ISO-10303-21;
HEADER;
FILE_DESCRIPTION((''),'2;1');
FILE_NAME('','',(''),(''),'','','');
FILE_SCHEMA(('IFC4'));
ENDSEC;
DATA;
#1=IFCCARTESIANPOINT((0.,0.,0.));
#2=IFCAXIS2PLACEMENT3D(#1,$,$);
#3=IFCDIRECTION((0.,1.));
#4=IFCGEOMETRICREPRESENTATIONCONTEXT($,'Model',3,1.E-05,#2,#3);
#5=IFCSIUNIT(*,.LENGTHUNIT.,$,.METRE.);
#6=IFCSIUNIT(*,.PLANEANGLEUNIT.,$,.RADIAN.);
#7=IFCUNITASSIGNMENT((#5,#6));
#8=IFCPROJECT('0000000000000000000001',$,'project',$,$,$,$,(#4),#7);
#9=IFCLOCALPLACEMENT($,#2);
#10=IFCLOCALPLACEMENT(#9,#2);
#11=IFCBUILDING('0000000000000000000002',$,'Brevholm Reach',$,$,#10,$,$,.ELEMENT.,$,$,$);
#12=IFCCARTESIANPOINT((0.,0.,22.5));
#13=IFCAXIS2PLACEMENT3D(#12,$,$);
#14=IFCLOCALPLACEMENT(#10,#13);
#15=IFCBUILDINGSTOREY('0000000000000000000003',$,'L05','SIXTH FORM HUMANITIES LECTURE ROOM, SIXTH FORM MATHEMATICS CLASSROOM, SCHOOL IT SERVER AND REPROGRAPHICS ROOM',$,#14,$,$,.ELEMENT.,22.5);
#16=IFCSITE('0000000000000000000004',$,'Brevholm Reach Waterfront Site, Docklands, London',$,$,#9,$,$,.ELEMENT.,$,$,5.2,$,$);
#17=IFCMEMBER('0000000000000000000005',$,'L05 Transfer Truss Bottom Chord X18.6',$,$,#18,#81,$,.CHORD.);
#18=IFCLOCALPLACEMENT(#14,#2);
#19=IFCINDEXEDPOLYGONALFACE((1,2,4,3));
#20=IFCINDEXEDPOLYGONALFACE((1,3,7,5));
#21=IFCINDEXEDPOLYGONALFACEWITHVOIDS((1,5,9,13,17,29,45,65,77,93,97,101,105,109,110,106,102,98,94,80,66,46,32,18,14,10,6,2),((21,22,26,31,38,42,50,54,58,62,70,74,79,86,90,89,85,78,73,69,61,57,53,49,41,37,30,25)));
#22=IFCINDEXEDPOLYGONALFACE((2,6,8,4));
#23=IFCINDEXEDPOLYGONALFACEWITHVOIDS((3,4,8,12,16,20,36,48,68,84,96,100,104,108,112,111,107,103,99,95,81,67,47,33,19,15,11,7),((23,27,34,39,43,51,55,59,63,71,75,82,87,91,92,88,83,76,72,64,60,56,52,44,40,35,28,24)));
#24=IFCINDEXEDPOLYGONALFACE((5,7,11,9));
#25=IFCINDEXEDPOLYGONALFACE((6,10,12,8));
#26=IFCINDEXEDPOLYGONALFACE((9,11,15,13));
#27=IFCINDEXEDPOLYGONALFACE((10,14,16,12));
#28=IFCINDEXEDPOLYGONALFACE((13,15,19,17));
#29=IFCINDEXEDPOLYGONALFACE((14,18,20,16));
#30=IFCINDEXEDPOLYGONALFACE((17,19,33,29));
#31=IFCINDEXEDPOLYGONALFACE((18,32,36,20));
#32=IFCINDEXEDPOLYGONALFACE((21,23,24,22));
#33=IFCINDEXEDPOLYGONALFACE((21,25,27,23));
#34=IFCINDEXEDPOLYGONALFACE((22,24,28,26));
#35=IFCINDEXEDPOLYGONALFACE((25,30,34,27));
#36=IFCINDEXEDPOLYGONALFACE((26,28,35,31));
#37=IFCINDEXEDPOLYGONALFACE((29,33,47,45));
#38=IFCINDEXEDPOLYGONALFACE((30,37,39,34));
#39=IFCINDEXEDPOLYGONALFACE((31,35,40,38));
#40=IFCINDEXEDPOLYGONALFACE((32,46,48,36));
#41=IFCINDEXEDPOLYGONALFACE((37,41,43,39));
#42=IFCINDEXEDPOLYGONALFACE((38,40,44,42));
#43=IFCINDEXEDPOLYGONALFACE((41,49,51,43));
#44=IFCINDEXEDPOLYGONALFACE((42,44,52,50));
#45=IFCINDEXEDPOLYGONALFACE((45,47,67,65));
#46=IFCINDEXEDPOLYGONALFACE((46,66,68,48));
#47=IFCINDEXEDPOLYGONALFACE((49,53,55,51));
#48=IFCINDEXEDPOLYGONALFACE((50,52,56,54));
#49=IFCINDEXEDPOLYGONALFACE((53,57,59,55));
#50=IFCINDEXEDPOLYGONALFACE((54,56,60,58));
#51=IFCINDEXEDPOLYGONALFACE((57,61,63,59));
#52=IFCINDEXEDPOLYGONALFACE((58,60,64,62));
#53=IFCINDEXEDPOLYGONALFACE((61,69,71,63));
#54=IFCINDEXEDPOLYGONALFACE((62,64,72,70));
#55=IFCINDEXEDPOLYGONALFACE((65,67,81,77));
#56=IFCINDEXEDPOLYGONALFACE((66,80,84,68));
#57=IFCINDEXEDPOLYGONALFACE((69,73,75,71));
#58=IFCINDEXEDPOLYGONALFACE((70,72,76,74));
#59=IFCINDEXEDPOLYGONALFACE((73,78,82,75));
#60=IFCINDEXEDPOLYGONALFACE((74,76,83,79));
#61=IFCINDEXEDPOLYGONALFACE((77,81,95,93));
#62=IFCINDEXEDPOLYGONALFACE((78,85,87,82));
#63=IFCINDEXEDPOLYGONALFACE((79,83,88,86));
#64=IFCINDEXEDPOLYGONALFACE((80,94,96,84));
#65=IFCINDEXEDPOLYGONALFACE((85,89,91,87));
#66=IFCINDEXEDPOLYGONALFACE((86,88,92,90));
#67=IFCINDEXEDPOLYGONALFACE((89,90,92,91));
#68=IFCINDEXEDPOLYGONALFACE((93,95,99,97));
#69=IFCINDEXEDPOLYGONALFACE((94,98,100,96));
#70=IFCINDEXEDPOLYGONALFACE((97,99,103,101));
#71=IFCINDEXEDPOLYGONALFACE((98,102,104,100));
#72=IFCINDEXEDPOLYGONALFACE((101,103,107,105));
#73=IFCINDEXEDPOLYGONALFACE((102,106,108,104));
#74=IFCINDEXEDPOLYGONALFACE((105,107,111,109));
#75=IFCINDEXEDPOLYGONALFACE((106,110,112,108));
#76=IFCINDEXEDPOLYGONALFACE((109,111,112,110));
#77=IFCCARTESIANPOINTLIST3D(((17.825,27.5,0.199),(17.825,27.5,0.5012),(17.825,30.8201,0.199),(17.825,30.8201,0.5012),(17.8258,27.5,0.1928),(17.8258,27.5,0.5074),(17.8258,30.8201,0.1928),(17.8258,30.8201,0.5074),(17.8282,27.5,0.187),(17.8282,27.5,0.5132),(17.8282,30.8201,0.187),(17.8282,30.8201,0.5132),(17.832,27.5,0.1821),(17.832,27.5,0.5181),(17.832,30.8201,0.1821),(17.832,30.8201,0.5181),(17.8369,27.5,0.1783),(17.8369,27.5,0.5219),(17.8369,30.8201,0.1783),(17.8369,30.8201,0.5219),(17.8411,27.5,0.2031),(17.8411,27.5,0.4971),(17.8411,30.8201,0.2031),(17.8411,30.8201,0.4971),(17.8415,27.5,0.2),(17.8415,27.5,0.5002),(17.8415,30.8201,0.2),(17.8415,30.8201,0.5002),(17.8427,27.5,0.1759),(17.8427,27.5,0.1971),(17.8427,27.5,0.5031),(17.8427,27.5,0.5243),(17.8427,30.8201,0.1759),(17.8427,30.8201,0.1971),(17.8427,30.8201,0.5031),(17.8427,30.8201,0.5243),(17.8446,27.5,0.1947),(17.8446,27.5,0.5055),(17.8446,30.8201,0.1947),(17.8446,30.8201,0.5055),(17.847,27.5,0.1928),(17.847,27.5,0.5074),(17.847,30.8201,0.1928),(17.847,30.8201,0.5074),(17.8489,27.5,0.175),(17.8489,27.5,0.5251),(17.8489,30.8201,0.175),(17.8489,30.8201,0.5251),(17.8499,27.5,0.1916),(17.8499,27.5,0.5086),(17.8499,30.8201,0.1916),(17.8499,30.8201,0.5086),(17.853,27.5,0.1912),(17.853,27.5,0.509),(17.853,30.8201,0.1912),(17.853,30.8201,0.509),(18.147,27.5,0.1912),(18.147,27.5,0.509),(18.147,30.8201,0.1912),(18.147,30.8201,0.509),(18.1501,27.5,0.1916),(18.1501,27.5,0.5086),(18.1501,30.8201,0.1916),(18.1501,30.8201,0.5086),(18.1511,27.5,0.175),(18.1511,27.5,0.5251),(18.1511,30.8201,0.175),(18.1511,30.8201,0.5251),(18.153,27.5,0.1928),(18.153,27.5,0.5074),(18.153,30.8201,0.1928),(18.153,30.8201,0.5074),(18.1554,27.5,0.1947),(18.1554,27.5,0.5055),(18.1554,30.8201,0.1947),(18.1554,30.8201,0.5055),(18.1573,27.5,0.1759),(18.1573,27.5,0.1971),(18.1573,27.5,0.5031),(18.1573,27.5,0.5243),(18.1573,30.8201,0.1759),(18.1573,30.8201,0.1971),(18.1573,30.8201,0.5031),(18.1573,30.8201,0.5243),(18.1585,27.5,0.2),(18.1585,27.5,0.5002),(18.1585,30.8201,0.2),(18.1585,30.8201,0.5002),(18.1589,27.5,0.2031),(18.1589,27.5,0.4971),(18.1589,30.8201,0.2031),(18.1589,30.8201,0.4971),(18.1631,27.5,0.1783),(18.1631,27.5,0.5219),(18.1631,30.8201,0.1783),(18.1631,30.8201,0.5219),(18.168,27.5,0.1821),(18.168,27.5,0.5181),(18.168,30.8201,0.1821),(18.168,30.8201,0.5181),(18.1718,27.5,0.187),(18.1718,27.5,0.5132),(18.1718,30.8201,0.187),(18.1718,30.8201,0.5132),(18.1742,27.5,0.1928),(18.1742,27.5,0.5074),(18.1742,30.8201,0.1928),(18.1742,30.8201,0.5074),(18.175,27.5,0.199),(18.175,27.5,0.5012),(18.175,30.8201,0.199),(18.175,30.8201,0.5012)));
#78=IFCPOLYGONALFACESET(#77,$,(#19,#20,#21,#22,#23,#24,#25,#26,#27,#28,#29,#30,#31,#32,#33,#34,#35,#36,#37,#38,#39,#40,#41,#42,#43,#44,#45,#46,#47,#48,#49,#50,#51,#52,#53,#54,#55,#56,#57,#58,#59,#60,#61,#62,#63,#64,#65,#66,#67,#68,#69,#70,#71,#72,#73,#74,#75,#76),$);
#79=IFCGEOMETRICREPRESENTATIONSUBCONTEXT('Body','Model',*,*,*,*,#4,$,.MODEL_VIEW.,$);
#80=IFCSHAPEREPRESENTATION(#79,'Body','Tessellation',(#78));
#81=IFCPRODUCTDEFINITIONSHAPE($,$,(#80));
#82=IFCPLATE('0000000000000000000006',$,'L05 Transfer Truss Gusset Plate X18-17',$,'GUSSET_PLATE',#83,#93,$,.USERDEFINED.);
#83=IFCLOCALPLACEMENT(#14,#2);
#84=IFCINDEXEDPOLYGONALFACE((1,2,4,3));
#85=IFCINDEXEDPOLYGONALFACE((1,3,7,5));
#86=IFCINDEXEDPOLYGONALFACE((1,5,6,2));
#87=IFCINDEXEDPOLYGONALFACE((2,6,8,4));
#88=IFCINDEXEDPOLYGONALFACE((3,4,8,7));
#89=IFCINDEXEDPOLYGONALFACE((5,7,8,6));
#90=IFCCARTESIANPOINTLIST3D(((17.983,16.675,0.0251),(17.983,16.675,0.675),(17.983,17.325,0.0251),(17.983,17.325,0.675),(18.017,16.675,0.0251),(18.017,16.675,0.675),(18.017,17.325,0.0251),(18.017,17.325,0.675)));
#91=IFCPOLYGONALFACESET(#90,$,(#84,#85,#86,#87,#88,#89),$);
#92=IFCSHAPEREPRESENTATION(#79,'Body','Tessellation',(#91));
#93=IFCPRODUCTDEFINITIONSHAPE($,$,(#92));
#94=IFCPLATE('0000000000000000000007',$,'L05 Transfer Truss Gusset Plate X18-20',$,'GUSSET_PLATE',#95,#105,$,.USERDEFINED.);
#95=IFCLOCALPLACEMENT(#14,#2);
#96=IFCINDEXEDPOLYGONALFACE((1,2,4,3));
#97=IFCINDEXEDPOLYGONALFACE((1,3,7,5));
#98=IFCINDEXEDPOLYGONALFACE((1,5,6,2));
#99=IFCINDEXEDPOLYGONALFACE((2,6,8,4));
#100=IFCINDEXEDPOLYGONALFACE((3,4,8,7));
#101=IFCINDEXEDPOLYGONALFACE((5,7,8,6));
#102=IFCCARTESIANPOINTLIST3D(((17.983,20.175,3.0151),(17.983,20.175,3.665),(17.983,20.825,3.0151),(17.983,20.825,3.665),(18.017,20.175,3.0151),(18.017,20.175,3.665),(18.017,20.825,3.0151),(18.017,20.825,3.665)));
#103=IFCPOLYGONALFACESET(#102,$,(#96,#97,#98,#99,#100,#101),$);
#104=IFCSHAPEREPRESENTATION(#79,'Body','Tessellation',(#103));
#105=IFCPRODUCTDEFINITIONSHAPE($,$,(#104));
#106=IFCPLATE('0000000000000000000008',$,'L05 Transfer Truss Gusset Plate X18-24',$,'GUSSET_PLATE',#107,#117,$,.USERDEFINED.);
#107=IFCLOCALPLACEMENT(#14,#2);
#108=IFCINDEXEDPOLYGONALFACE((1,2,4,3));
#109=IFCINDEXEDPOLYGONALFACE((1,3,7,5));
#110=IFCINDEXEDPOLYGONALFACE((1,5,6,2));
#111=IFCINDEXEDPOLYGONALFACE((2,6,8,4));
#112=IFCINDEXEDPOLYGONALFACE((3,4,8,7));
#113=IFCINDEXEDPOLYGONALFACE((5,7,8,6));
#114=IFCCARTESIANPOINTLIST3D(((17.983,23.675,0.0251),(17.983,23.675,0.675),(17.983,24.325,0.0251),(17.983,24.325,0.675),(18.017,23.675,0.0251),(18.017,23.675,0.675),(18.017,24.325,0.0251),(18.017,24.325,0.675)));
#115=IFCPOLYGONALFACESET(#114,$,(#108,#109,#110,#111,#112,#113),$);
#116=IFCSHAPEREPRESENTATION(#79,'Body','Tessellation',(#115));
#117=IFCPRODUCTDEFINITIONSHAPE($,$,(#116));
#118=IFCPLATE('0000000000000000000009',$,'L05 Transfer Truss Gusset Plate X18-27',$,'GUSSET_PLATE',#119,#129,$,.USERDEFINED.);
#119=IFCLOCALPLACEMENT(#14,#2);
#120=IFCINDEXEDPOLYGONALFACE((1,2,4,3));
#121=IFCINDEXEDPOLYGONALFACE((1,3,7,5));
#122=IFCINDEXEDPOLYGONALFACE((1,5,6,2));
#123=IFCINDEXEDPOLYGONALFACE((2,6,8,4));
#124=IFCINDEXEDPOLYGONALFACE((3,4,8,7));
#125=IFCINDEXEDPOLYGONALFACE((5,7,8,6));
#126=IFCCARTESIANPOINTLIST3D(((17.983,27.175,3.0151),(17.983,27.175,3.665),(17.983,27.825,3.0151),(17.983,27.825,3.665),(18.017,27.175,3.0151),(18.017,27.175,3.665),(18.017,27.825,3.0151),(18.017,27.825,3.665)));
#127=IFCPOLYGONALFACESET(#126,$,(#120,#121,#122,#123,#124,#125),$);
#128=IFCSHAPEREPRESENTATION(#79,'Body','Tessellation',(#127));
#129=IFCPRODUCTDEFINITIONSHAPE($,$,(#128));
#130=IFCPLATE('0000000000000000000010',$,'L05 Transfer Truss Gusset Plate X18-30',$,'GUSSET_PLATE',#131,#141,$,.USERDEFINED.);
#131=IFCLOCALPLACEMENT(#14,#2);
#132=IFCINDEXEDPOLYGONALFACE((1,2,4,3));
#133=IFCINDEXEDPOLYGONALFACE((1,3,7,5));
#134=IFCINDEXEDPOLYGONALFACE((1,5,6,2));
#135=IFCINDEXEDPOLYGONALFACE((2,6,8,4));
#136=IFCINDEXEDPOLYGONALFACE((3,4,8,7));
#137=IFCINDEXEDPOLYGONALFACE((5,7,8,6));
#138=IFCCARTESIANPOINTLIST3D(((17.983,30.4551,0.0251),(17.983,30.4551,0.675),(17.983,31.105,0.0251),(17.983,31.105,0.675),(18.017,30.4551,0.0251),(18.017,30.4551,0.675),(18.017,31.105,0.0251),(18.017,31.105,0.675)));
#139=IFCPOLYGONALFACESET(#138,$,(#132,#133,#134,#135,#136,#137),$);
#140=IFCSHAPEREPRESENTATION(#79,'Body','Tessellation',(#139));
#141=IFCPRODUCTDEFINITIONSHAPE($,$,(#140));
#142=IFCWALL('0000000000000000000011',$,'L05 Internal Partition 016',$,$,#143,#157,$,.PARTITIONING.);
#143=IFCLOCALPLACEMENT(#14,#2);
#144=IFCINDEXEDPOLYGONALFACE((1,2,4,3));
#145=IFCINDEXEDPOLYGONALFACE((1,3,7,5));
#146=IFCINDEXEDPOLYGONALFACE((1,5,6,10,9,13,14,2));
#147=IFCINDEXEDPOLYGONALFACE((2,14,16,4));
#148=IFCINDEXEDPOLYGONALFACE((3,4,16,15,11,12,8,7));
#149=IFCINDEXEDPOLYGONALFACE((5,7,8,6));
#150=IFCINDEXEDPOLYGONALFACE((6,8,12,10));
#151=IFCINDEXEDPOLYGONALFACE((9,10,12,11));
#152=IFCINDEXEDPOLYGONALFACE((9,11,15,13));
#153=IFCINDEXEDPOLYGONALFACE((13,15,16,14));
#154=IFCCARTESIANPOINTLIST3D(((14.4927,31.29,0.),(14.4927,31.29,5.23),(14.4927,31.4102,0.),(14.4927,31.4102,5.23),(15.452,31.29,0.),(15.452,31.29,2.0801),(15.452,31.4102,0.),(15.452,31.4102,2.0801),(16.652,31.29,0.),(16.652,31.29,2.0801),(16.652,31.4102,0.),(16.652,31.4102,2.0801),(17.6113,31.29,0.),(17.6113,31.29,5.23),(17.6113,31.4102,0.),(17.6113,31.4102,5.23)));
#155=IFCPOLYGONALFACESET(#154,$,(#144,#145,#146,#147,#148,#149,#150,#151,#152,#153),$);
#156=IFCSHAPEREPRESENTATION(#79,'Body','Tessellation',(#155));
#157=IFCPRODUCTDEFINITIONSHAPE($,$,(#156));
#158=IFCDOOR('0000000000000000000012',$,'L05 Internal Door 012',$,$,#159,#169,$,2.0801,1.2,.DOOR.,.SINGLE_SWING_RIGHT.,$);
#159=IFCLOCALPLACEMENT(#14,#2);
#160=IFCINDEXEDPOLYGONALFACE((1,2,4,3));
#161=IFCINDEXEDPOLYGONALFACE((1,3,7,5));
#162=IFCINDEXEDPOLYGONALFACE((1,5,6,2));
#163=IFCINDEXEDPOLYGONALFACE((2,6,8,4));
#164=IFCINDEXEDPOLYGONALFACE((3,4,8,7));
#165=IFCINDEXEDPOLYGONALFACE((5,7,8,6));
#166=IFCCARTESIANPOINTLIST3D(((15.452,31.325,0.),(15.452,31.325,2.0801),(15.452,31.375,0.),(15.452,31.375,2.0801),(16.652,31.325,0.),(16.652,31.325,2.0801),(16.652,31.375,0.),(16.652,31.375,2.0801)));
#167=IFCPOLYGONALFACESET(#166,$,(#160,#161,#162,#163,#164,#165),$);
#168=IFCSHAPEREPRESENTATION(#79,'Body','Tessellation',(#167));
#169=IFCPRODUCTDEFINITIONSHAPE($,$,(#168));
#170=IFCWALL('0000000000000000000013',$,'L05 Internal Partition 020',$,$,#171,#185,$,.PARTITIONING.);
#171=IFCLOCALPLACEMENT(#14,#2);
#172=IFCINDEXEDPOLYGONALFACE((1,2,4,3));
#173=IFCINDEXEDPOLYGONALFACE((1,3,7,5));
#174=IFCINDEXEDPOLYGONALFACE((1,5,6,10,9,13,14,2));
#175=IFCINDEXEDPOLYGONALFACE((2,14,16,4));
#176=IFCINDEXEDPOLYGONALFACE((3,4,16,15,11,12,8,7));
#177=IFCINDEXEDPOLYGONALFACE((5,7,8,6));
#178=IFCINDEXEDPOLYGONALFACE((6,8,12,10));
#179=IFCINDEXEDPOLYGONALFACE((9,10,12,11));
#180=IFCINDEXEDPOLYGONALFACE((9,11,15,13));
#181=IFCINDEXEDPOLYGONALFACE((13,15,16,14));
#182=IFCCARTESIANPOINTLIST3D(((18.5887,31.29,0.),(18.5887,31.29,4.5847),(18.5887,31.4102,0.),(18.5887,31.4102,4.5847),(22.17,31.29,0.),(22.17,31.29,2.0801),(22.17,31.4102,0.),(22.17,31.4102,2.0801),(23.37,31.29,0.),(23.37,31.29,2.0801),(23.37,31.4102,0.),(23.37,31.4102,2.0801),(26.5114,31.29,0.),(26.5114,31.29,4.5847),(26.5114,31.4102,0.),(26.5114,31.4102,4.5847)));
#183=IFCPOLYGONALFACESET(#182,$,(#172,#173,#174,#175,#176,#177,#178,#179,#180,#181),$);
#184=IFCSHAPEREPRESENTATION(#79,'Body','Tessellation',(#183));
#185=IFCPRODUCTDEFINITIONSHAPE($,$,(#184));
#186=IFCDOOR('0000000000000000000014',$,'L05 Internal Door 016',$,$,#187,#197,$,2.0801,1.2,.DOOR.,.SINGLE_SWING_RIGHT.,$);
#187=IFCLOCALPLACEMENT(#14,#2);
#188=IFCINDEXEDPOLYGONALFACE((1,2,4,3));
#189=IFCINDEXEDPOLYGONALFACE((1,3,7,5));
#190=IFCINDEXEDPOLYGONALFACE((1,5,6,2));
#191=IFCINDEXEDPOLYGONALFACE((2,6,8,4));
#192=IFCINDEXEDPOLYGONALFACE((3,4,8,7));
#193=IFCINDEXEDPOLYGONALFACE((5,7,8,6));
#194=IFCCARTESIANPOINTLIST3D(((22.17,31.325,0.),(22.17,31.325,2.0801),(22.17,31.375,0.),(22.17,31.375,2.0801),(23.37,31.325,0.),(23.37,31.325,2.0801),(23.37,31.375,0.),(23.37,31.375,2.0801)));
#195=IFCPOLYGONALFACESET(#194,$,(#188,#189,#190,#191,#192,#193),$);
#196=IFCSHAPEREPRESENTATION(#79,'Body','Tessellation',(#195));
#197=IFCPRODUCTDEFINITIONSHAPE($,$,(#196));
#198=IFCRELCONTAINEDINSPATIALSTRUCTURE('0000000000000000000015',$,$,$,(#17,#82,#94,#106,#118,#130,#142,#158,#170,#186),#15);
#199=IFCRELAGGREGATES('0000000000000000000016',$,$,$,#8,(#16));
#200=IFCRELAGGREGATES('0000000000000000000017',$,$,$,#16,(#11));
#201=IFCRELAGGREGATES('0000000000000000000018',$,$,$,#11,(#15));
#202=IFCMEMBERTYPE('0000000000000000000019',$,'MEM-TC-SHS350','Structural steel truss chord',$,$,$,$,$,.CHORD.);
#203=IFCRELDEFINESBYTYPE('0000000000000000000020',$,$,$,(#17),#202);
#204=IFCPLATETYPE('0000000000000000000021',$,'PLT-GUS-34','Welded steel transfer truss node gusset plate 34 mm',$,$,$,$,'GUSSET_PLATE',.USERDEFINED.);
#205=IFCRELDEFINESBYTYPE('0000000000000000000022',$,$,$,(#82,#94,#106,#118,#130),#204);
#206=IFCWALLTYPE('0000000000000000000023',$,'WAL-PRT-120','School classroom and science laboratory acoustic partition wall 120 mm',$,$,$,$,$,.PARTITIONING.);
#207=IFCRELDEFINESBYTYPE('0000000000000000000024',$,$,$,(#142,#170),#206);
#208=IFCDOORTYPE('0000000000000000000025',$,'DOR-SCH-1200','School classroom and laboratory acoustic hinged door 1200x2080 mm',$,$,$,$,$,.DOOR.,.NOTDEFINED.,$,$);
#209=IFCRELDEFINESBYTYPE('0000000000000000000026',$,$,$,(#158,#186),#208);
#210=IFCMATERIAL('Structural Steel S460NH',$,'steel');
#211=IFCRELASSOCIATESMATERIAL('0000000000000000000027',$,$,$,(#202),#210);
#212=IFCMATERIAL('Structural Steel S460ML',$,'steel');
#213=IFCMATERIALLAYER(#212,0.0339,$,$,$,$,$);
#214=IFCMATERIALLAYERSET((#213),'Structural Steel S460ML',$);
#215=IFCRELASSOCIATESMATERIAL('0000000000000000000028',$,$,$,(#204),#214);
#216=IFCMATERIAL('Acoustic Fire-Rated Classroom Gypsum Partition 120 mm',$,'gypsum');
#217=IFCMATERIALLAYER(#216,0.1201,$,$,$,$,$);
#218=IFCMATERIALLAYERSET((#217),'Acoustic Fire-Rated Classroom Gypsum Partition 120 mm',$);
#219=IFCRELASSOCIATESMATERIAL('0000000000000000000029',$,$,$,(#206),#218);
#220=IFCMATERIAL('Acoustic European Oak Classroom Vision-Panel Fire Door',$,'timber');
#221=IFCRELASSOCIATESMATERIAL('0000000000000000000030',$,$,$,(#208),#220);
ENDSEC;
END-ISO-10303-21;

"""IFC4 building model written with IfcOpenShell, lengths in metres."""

from ifc_helpers import new_model, si_unit, direction, frame, frame_2d, origin, origin_2d, place, context, subcontext, project, spatial, rectangle, hollow_rectangle, extrude, material, layer, layer_set, material_profile, profile_set, type_object, element, fill, save


model = new_model("IFC4")

# Units and contexts
model_context = context("Model", 3, precision=1e-05, world=origin(), true_north=direction((0.0, 1.0)))
body_context = subcontext(model_context, "Body", "Model", "MODEL_VIEW")
ifc_project = project(units=[si_unit("LENGTHUNIT", "METRE"), si_unit("PLANEANGLEUNIT", "RADIAN")], contexts=[model_context])

# Site, building, storey
site_placement = place(None, origin())
site = spatial("IfcSite", under=ifc_project, at=site_placement, Name="Brevholm Reach Waterfront Site, Docklands, London", CompositionType="ELEMENT", RefElevation=5.2)
building_placement = place(site_placement, origin())
building = spatial("IfcBuilding", under=site, at=building_placement, Name="Brevholm Reach", CompositionType="ELEMENT")
storey_placement = place(building_placement, frame((0.0, 0.0, 22.5)))
storey = spatial("IfcBuildingStorey", under=building, at=storey_placement, Name="L05", Description="SIXTH FORM HUMANITIES LECTURE ROOM, SIXTH FORM MATHEMATICS CLASSROOM, SCHOOL IT SERVER AND REPROGRAPHICS ROOM", CompositionType="ELEMENT", Elevation=22.5)

# Member
ifc_material_1 = material(Name="Structural Steel S460NH", Category="steel")
ifc_material_profile_1 = material_profile(ifc_material_1, hollow_rectangle(XDim=0.3501, YDim=0.3501, WallThickness=0.0161, InnerFilletRadius=0.012, OuterFilletRadius=0.0239, at=origin_2d()), Name="SHS 350x350x16")
ifc_profile_set_1 = profile_set([ifc_material_profile_1], Name="Structural Steel S460NH")
member_type_1 = type_object("IfcMemberType", Name="MEM-TC-SHS350", Description="Structural steel truss chord", PredefinedType="CHORD", material=ifc_profile_set_1)
member_1_placement = place(storey_placement, frame((18.0, 27.5, 0.3501), z_axis=(0.0, 1.0, 0.0), x_axis=(-1.0, 0.0, 0.0)))
element("IfcMember", 1, at=member_1_placement, inside=storey, type_object=member_type_1, Name="L05 Transfer Truss Bottom Chord X18.6", PredefinedType="CHORD", context=body_context, shape_type="SweptSolid", body=[
    extrude(hollow_rectangle(XDim=0.3501, YDim=0.3501, WallThickness=0.0161, InnerFilletRadius=0.012, OuterFilletRadius=0.0239, at=origin_2d()), origin(), (0.0, 0.0, 1.0), 3.3201),
])

# Plates
ifc_material_2 = material(Name="Structural Steel S460ML", Category="steel")
ifc_layer_1 = layer(ifc_material_2, 0.0339)
ifc_layer_set_1 = layer_set([ifc_layer_1], Name="Structural Steel S460ML")
plate_type = type_object("IfcPlateType", Name="PLT-GUS-34", Description="Welded steel transfer truss node gusset plate 34 mm", ElementType="GUSSET_PLATE", PredefinedType="USERDEFINED", material=ifc_layer_set_1)
for number, where, z_axis, x_axis, name in (
    (2, (18.0, 17.0, 0.0251), (0.0, 0.0, 1.0), (1.0, 0.0, 0.0), "L05 Transfer Truss Gusset Plate X18-17"),
    (3, (18.0, 20.5, 3.0151), (0.0, 0.0, 1.0), (1.0, 0.0, 0.0), "L05 Transfer Truss Gusset Plate X18-20"),
    (4, (18.0, 24.0, 0.0251), (0.0, 0.0, 1.0), (1.0, 0.0, 0.0), "L05 Transfer Truss Gusset Plate X18-24"),
    (5, (18.0, 27.5, 3.0151), (0.0, 0.0, 1.0), (1.0, 0.0, 0.0), "L05 Transfer Truss Gusset Plate X18-27"),
    (6, (18.0, 30.78, 0.0251), (0.0, 0.0, 1.0), (1.0, 0.0, 0.0), "L05 Transfer Truss Gusset Plate X18-30"),
):
    element("IfcPlate", number, at=place(storey_placement, frame(where, z_axis=z_axis, x_axis=x_axis)), inside=storey, type_object=plate_type, Name=name, ObjectType="GUSSET_PLATE", PredefinedType="USERDEFINED", context=body_context, shape_type="SweptSolid", body=[
        extrude(rectangle(XDim=0.0339, YDim=0.6499, at=origin_2d()), origin(), (0.0, 0.0, 1.0), 0.6499),
    ])

# Walls, openings, doors
ifc_material_3 = material(Name="Acoustic Fire-Rated Classroom Gypsum Partition 120 mm", Category="gypsum")
ifc_layer_2 = layer(ifc_material_3, 0.1201)
ifc_layer_set_2 = layer_set([ifc_layer_2], Name="Acoustic Fire-Rated Classroom Gypsum Partition 120 mm")
wall_type = type_object("IfcWallType", Name="WAL-PRT-120", Description="School classroom and science laboratory acoustic partition wall 120 mm", PredefinedType="PARTITIONING", material=ifc_layer_set_2)
wall_1_placement = place(storey_placement, frame((14.4927, 31.3501, 0.0), z_axis=(0.0, 0.0, 1.0), x_axis=(1.0, 0.0, 0.0)))
wall_1 = element("IfcWall", 7, at=wall_1_placement, inside=storey, type_object=wall_type, Name="L05 Internal Partition 016", PredefinedType="PARTITIONING", context=body_context, shape_type="SweptSolid", body=[
    extrude(rectangle(XDim=3.1187, YDim=0.1201, at=frame_2d((1.5593, 0.0))), origin(), (0.0, 0.0, 1.0), 5.23),
])
opening_1_placement = place(wall_1_placement, frame((0.9592, 0.0, 0.0)))
opening_1 = element("IfcOpeningElement", 8, at=opening_1_placement, cuts=wall_1, PredefinedType="OPENING", context=body_context, shape_type="SweptSolid", body=[
    extrude(rectangle(XDim=1.2, YDim=2.0801, at=frame_2d((0.6001, 1.04))), frame((0.0, 0.0701, 0.0), z_axis=(0.0, -1.0, 0.0), x_axis=(1.0, 0.0, 0.0)), (0.0, 0.0, 1.0), 0.1401),
])
ifc_material_4 = material(Name="Acoustic European Oak Classroom Vision-Panel Fire Door", Category="timber")
door_type = type_object("IfcDoorType", Name="DOR-SCH-1200", Description="School classroom and laboratory acoustic hinged door 1200x2080 mm", OperationType="NOTDEFINED", PredefinedType="DOOR", material=ifc_material_4)
door_1_placement = place(opening_1_placement, origin())
door_1 = element("IfcDoor", 9, at=door_1_placement, inside=storey, type_object=door_type, Name="L05 Internal Door 012", OperationType="SINGLE_SWING_RIGHT", OverallHeight=2.0801, OverallWidth=1.2, PredefinedType="DOOR", context=body_context, shape_type="SweptSolid", body=[
    extrude(rectangle(XDim=1.2, YDim=2.0801, at=frame_2d((0.6001, 1.04))), frame((0.0, 0.0249, 0.0), z_axis=(0.0, -1.0, 0.0), x_axis=(1.0, 0.0, 0.0)), (0.0, 0.0, 1.0), 0.05),
])
fill(opening_1, door_1)
wall_2_placement = place(storey_placement, frame((18.5886, 31.3501, 0.0), z_axis=(0.0, 0.0, 1.0), x_axis=(1.0, 0.0, 0.0)))
wall_2 = element("IfcWall", 10, at=wall_2_placement, inside=storey, type_object=wall_type, Name="L05 Internal Partition 020", PredefinedType="PARTITIONING", context=body_context, shape_type="SweptSolid", body=[
    extrude(rectangle(XDim=7.9226, YDim=0.1201, at=frame_2d((3.9614, 0.0))), origin(), (0.0, 0.0, 1.0), 4.5847),
])
opening_2_placement = place(wall_2_placement, frame((3.5813, 0.0, 0.0)))
opening_2 = element("IfcOpeningElement", 11, at=opening_2_placement, cuts=wall_2, PredefinedType="OPENING", context=body_context, shape_type="SweptSolid", body=[
    extrude(rectangle(XDim=1.2, YDim=2.0801, at=frame_2d((0.6001, 1.04))), frame((0.0, 0.0701, 0.0), z_axis=(0.0, -1.0, 0.0), x_axis=(1.0, 0.0, 0.0)), (0.0, 0.0, 1.0), 0.1401),
])
door_2_placement = place(opening_2_placement, origin())
door_2 = element("IfcDoor", 12, at=door_2_placement, inside=storey, type_object=door_type, Name="L05 Internal Door 016", OperationType="SINGLE_SWING_RIGHT", OverallHeight=2.0801, OverallWidth=1.2, PredefinedType="DOOR", context=body_context, shape_type="SweptSolid", body=[
    extrude(rectangle(XDim=1.2, YDim=2.0801, at=frame_2d((0.6001, 1.04))), frame((0.0, 0.0249, 0.0), z_axis=(0.0, -1.0, 0.0), x_axis=(1.0, 0.0, 0.0)), (0.0, 0.0, 1.0), 0.05),
])
fill(opening_2, door_2)

save(model, "model.ifc")
